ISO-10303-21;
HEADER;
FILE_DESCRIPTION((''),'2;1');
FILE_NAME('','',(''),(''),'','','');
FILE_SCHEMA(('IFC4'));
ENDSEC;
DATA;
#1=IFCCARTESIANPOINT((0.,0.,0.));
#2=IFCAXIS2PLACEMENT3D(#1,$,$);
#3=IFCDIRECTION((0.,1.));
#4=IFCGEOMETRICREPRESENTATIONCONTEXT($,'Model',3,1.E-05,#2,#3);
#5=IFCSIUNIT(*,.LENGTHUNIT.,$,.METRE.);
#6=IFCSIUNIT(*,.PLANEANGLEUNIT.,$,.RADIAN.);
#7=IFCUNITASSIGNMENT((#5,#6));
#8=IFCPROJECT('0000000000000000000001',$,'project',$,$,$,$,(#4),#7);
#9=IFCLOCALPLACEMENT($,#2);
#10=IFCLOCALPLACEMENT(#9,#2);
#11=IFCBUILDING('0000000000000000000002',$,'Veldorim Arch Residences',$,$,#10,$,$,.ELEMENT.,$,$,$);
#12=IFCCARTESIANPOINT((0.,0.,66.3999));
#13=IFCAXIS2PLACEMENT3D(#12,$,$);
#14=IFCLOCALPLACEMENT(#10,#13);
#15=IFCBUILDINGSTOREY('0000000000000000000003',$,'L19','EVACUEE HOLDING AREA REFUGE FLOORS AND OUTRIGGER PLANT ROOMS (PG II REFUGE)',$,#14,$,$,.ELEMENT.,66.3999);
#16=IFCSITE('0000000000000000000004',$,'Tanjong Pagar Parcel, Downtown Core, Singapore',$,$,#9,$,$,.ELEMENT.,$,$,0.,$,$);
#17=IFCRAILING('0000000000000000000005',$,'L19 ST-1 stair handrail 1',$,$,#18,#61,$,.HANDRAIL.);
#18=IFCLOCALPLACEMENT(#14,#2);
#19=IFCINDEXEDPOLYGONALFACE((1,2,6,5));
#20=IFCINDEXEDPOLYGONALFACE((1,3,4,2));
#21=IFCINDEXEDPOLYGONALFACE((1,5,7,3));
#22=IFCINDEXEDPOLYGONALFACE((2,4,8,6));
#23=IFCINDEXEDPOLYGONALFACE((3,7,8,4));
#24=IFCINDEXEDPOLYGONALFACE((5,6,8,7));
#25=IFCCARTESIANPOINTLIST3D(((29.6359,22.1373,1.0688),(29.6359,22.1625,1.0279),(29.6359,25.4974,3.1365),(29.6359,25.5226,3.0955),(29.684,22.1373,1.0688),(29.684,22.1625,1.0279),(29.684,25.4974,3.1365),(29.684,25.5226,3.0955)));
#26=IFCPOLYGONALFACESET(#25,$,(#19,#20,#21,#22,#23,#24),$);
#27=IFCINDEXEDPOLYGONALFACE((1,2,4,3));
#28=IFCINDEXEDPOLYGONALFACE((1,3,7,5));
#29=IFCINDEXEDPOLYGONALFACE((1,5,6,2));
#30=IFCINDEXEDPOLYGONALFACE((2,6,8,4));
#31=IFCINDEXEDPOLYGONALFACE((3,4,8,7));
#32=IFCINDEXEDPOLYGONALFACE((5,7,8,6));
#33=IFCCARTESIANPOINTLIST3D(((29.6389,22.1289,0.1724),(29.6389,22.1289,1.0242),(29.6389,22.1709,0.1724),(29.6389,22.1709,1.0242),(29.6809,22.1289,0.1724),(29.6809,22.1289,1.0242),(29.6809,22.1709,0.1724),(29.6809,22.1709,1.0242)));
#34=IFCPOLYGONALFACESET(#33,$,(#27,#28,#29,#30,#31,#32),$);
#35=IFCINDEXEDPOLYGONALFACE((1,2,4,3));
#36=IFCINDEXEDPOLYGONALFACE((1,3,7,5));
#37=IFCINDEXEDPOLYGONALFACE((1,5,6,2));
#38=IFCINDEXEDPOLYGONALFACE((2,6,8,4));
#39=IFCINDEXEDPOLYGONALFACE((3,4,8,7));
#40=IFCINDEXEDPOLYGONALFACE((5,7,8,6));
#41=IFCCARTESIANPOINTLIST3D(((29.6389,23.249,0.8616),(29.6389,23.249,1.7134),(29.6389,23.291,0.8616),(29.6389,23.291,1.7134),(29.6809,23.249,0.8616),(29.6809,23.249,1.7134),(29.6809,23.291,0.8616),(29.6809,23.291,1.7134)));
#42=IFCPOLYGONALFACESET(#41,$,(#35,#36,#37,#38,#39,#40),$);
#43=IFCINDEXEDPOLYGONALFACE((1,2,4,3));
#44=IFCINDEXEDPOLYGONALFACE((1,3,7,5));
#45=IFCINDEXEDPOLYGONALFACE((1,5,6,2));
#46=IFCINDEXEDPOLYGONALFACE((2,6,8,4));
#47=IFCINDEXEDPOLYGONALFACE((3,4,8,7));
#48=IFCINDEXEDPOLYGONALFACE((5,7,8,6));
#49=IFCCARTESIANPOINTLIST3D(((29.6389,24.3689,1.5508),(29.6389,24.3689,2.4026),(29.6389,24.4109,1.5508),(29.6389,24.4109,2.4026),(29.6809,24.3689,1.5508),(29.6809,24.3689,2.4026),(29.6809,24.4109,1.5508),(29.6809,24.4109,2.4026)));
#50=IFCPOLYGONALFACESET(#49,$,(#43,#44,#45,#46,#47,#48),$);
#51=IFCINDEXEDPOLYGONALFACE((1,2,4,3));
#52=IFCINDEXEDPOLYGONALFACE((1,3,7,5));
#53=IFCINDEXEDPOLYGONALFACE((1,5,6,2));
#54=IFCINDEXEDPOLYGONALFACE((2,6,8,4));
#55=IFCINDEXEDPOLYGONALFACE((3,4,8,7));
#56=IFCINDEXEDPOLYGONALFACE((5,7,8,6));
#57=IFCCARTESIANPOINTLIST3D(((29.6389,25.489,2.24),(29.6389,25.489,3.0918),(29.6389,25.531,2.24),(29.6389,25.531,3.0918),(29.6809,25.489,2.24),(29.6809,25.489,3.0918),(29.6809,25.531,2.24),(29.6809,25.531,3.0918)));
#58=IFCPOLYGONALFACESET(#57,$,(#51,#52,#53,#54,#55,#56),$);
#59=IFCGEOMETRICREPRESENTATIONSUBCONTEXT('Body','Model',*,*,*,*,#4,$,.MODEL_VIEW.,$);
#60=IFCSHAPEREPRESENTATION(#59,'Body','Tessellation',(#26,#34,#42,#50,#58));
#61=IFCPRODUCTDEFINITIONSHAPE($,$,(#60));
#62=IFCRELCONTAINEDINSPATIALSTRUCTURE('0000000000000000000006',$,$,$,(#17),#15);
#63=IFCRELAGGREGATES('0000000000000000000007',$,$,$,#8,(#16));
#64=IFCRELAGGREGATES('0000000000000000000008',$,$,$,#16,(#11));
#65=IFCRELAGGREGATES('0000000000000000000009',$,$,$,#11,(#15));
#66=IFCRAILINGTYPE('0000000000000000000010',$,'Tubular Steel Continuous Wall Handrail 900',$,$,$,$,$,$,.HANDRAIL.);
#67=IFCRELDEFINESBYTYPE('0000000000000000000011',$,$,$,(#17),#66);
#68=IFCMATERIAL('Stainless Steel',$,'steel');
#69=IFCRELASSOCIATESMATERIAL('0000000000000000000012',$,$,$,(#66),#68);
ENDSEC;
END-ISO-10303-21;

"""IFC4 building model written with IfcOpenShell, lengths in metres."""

from ifc_helpers import new_model, si_unit, direction, frame, origin, origin_2d, place, context, subcontext, project, spatial, rectangle, extrude, material, type_object, element, save


model = new_model("IFC4")

# Units and contexts
model_context = context("Model", 3, precision=1e-05, world=origin(), true_north=direction((0.0, 1.0)))
body_context = subcontext(model_context, "Body", "Model", "MODEL_VIEW")
ifc_project = project(units=[si_unit("LENGTHUNIT", "METRE"), si_unit("PLANEANGLEUNIT", "RADIAN")], contexts=[model_context])

# Site, building, storey
site_placement = place(None, origin())
site = spatial("IfcSite", under=ifc_project, at=site_placement, Name="Tanjong Pagar Parcel, Downtown Core, Singapore", CompositionType="ELEMENT", RefElevation=0.0)
building_placement = place(site_placement, origin())
building = spatial("IfcBuilding", under=site, at=building_placement, Name="Veldorim Arch Residences", CompositionType="ELEMENT")
storey_placement = place(building_placement, frame((0.0, 0.0, 66.3999)))
storey = spatial("IfcBuildingStorey", under=building, at=storey_placement, Name="L19", Description="EVACUEE HOLDING AREA REFUGE FLOORS AND OUTRIGGER PLANT ROOMS (PG II REFUGE)", CompositionType="ELEMENT", Elevation=66.3999)

# Railing
ifc_material_1 = material(Name="Stainless Steel", Category="steel")
railing_type_1 = type_object("IfcRailingType", Name="Tubular Steel Continuous Wall Handrail 900", PredefinedType="HANDRAIL", material=ifc_material_1)
railing_1_placement = place(storey_placement, frame((29.6599, 22.1499, 0.1724)))
element("IfcRailing", 1, at=railing_1_placement, inside=storey, type_object=railing_type_1, Name="L19 ST-1 stair handrail 1", PredefinedType="HANDRAIL", context=body_context, shape_type="SweptSolid", body=[
    extrude(rectangle(XDim=0.0481, YDim=0.0481, at=origin_2d()), frame((0.0, 0.0, 0.876), z_axis=(0.0, 0.851673, 0.524073), x_axis=(-1.0, 0.0, 0.0)), (0.0, 0.0, 1.0), 3.9453),
    extrude(rectangle(XDim=0.042, YDim=0.042, at=origin_2d()), origin(), (0.0, 0.0, 1.0), 0.8518),
    extrude(rectangle(XDim=0.042, YDim=0.042, at=origin_2d()), frame((0.0, 1.1201, 0.6892)), (0.0, 0.0, 1.0), 0.8518),
    extrude(rectangle(XDim=0.042, YDim=0.042, at=origin_2d()), frame((0.0, 2.24, 1.3784)), (0.0, 0.0, 1.0), 0.8518),
    extrude(rectangle(XDim=0.042, YDim=0.042, at=origin_2d()), frame((0.0, 3.3601, 2.0676)), (0.0, 0.0, 1.0), 0.8518),
])

save(model, "model.ifc")
